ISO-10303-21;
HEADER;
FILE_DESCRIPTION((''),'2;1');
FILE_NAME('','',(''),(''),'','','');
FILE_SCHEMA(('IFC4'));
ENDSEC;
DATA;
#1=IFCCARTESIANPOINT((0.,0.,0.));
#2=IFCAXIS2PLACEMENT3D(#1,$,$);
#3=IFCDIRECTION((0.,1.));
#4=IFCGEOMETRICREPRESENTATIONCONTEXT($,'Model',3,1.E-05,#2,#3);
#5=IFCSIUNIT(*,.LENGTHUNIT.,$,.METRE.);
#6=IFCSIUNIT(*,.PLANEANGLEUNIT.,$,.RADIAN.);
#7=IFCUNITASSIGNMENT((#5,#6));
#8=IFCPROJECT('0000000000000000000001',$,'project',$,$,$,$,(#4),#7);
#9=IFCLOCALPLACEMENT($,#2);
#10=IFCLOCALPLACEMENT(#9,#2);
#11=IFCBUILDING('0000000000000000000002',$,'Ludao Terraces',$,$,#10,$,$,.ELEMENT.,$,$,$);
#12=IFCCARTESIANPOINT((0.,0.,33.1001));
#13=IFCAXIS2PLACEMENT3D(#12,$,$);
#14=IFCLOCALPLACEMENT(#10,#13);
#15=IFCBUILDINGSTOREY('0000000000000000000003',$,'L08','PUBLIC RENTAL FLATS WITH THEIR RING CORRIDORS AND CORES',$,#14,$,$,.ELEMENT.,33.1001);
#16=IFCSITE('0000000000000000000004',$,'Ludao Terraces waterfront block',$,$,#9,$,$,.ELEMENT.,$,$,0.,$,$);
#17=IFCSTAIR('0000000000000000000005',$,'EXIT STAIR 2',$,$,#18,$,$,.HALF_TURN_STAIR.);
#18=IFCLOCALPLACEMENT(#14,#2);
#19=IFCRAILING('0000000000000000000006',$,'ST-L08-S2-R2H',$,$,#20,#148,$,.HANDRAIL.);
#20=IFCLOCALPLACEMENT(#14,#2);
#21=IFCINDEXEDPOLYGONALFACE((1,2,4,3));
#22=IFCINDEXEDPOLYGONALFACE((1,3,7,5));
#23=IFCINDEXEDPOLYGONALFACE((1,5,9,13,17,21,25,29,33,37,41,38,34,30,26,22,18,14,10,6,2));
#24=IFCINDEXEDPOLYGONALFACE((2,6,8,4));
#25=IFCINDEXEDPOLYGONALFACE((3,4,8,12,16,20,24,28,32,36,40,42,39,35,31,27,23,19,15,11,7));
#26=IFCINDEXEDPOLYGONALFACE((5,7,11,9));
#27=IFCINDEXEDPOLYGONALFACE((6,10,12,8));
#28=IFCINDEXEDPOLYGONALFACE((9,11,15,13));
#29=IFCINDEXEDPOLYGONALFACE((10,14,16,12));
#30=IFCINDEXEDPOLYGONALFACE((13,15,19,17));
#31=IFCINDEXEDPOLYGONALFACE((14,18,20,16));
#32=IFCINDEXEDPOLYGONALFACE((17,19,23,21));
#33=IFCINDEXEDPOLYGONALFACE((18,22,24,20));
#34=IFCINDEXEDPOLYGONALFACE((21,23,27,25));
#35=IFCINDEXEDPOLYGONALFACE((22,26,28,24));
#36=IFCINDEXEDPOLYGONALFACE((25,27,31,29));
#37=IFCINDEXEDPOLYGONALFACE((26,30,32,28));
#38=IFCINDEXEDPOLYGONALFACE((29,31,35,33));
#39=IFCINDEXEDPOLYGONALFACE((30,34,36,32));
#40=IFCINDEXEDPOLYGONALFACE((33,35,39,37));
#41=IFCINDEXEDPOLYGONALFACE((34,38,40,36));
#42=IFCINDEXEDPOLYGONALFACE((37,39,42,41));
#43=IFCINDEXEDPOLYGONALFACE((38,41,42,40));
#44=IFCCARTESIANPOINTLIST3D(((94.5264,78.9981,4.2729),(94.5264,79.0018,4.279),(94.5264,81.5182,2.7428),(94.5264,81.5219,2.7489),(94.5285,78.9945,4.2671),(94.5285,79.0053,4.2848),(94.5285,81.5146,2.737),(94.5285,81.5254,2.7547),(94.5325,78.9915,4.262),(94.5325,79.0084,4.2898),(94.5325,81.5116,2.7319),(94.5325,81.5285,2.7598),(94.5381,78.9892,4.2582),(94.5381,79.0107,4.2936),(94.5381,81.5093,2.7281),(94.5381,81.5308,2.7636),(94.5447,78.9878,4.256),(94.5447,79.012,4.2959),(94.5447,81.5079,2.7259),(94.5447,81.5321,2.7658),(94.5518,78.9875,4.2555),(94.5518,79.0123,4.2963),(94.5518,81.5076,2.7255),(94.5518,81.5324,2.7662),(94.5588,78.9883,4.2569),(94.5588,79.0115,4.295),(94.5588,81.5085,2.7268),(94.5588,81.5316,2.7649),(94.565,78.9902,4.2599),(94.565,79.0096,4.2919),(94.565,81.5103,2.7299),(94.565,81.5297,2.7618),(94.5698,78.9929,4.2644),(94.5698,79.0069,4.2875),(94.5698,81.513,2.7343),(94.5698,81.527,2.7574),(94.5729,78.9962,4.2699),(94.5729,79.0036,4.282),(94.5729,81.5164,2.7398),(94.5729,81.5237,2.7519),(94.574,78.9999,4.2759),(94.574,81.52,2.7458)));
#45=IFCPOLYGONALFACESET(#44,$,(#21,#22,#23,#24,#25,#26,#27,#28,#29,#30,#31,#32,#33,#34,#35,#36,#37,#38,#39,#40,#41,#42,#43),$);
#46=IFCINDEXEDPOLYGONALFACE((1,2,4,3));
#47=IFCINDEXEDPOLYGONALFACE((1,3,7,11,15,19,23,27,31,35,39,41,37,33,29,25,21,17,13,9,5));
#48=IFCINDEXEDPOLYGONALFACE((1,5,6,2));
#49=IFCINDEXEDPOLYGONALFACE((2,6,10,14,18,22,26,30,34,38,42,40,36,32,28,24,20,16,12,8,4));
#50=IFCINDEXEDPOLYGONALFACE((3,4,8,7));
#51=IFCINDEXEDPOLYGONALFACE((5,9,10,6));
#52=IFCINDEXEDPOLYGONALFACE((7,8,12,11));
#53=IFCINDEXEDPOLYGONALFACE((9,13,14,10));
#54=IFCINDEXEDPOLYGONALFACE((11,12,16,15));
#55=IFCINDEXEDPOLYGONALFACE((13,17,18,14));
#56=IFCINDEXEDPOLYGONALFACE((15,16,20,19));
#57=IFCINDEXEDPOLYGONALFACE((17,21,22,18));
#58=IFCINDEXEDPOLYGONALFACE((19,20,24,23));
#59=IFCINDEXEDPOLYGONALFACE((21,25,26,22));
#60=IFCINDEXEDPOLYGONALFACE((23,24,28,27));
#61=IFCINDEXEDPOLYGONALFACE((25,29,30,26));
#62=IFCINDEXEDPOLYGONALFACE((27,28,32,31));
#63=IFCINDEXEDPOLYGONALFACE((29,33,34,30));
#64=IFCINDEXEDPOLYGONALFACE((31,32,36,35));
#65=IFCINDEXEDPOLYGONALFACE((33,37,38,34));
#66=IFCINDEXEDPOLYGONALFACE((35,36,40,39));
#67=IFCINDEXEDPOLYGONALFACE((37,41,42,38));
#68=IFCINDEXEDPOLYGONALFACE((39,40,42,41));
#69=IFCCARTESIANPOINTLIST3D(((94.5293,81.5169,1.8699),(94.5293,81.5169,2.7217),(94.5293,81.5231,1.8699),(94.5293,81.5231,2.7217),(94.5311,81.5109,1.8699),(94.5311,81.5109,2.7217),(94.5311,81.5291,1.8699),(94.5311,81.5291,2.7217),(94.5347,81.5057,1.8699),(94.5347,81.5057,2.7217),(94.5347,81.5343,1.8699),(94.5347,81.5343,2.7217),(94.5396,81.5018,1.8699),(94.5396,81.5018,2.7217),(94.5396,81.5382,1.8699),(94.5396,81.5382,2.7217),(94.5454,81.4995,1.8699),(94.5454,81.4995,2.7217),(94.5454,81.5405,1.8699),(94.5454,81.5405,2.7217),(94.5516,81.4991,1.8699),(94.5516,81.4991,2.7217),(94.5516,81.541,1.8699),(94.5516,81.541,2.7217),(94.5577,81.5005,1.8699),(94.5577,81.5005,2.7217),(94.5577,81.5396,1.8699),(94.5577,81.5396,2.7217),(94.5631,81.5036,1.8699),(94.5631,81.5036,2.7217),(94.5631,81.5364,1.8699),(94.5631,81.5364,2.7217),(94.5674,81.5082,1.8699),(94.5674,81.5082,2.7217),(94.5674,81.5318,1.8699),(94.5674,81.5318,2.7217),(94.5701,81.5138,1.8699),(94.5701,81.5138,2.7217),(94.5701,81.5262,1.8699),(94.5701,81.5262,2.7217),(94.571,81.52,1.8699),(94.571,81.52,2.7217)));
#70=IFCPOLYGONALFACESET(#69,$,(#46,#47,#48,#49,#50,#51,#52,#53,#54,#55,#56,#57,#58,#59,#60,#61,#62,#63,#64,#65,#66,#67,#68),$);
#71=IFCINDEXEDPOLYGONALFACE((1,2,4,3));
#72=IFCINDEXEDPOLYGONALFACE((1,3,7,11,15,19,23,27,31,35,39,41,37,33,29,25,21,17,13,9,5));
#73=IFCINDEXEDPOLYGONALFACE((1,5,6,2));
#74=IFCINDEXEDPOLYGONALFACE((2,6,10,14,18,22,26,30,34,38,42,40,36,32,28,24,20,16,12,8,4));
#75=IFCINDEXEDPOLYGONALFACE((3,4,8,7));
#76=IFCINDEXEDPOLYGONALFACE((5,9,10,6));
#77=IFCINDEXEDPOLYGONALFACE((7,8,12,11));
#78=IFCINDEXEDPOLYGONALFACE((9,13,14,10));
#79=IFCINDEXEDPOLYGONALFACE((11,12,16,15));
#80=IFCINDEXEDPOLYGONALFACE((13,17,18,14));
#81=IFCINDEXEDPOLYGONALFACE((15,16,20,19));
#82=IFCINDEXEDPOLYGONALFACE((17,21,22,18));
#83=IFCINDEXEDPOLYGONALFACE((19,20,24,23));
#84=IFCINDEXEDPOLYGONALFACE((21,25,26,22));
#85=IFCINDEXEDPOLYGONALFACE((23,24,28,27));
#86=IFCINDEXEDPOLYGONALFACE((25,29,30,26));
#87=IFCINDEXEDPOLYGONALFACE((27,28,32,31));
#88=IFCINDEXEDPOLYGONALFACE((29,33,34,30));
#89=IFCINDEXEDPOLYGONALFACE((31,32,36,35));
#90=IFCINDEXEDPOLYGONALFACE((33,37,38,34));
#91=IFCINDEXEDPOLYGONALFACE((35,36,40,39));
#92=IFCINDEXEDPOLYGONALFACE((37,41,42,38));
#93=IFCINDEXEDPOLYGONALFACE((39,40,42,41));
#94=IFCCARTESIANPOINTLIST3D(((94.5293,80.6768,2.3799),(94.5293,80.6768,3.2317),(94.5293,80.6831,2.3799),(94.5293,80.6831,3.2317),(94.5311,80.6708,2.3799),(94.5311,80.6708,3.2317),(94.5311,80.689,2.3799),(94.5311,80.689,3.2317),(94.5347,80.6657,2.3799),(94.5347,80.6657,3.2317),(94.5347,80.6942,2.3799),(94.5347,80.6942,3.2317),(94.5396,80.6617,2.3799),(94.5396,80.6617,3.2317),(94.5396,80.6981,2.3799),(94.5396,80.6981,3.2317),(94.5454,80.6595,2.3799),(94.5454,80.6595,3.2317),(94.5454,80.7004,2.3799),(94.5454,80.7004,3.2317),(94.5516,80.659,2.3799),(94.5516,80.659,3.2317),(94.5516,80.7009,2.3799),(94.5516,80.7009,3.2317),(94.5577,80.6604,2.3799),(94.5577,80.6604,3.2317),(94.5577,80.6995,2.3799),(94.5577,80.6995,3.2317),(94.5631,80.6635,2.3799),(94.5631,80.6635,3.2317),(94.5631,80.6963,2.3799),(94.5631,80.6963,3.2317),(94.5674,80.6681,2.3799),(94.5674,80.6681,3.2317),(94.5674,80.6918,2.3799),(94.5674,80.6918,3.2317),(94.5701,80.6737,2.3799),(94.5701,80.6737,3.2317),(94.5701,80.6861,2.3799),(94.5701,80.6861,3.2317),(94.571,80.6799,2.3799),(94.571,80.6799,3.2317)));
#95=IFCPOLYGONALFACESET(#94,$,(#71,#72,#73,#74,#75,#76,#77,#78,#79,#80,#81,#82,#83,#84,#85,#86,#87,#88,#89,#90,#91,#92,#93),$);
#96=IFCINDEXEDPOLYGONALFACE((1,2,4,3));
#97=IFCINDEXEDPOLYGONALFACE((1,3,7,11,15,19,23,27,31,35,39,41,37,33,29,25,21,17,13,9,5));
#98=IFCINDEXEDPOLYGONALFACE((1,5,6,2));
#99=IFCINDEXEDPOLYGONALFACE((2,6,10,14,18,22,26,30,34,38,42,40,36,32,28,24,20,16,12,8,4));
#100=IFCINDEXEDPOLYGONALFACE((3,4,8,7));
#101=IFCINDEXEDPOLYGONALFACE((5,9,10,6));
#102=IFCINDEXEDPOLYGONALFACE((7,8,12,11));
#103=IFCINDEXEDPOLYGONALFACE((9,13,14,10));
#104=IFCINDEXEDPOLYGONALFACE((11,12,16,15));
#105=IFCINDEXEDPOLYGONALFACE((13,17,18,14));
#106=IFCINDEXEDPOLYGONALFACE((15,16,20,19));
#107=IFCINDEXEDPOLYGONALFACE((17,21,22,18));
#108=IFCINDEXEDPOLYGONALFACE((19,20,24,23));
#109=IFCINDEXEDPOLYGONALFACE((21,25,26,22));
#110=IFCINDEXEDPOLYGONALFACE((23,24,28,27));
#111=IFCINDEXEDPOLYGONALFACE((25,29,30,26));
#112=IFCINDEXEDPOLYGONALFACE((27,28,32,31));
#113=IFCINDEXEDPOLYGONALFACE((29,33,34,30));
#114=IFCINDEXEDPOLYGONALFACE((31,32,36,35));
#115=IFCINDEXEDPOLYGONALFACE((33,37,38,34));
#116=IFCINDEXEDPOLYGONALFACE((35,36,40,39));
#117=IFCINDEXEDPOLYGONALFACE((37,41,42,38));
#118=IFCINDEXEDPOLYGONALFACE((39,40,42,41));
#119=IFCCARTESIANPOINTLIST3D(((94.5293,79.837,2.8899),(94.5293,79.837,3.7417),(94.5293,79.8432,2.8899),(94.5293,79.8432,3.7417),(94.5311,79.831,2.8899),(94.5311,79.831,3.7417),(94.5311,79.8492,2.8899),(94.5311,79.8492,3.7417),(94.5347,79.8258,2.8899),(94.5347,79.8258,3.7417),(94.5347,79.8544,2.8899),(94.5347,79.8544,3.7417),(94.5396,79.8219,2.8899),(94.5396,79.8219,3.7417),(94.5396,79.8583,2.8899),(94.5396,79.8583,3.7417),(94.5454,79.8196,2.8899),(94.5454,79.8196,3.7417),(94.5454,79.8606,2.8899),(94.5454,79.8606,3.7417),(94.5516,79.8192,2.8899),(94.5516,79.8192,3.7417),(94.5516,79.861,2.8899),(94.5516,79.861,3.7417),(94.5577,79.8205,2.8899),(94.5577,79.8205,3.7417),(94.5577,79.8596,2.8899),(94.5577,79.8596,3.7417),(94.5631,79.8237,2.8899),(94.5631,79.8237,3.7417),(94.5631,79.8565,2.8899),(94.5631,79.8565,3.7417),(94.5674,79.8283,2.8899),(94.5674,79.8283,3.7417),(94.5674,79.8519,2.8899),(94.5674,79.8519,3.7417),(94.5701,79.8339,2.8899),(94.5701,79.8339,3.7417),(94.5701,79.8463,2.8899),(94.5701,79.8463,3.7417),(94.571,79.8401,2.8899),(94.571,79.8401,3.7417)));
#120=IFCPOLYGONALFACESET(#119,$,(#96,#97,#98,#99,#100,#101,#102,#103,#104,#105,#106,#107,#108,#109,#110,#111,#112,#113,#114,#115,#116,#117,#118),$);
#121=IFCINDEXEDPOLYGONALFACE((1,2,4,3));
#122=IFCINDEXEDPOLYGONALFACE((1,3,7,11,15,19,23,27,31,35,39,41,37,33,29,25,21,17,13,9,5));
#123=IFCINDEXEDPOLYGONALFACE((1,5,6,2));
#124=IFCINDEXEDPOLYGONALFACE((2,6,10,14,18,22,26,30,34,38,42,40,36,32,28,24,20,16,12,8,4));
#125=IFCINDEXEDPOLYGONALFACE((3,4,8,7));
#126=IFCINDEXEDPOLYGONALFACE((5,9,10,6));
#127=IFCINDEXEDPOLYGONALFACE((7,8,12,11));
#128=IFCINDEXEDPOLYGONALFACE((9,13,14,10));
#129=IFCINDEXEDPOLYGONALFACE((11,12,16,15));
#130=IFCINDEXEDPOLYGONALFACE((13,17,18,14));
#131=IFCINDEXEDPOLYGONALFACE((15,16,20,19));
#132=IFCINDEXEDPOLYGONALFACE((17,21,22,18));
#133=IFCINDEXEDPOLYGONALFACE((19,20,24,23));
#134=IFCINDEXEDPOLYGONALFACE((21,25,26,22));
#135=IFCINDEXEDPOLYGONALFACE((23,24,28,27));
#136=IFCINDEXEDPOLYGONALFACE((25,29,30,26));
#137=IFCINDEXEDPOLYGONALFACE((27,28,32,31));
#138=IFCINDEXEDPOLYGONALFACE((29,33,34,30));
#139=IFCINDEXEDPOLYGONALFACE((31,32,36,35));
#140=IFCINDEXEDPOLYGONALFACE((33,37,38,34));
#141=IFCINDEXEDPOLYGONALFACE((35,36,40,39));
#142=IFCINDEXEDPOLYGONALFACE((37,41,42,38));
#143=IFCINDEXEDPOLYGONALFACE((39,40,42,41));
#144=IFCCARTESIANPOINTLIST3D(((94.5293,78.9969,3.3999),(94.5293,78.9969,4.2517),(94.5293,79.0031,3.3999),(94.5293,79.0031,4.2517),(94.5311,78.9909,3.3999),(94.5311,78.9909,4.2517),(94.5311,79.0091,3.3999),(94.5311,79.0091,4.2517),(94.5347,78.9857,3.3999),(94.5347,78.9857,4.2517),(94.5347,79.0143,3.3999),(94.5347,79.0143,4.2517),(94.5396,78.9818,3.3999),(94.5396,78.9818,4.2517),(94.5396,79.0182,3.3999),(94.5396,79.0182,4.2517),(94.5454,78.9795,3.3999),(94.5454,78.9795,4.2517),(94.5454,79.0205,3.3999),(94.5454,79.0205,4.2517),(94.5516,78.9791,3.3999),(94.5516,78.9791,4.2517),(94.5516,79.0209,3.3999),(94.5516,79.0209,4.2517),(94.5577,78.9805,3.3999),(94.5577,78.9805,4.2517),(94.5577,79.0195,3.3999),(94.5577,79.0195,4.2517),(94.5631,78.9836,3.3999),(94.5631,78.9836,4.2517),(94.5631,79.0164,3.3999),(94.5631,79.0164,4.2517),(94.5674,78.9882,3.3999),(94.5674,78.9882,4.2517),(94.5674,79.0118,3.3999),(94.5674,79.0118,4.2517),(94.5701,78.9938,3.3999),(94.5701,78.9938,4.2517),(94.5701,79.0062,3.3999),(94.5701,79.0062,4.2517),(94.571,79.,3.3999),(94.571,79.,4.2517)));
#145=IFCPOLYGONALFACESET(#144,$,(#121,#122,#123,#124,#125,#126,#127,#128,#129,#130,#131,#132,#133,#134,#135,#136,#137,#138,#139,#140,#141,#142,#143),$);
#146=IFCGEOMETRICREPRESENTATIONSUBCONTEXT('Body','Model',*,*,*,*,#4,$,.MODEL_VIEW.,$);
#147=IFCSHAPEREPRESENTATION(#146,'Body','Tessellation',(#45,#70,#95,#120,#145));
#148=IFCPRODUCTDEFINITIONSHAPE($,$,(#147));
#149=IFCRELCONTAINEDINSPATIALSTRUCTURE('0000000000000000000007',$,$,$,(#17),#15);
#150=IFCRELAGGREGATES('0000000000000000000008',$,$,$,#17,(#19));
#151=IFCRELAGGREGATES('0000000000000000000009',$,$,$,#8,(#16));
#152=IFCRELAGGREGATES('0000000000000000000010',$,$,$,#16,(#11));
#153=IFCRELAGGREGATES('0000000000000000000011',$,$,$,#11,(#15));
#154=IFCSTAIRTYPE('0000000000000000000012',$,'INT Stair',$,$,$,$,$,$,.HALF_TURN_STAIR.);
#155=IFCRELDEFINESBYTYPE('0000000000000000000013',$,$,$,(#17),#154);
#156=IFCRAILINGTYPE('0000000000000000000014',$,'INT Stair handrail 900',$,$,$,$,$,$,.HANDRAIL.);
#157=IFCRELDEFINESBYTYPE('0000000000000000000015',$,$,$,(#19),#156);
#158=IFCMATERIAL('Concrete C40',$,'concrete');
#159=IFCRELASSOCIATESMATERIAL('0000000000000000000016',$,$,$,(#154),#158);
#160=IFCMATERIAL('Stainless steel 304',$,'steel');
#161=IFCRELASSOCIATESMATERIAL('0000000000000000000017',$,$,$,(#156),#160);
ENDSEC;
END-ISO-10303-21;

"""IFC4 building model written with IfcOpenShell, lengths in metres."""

from ifc_helpers import new_model, si_unit, direction, frame, origin, origin_2d, place, context, subcontext, project, spatial, circle, extrude, material, type_object, element, aggregate, save


model = new_model("IFC4")

# Units and contexts
model_context = context("Model", 3, precision=1e-05, world=origin(), true_north=direction((0.0, 1.0)))
body_context = subcontext(model_context, "Body", "Model", "MODEL_VIEW")
ifc_project = project(units=[si_unit("LENGTHUNIT", "METRE"), si_unit("PLANEANGLEUNIT", "RADIAN")], contexts=[model_context])

# Site, building, storey
site_placement = place(None, origin())
site = spatial("IfcSite", under=ifc_project, at=site_placement, Name="Ludao Terraces waterfront block", CompositionType="ELEMENT", RefElevation=0.0)
building_placement = place(site_placement, origin())
building = spatial("IfcBuilding", under=site, at=building_placement, Name="Ludao Terraces", CompositionType="ELEMENT")
storey_placement = place(building_placement, frame((0.0, 0.0, 33.1001)))
storey = spatial("IfcBuildingStorey", under=building, at=storey_placement, Name="L08", Description="PUBLIC RENTAL FLATS WITH THEIR RING CORRIDORS AND CORES", CompositionType="ELEMENT", Elevation=33.1001)

# Shared definitions
ifc_material_1 = material(Name="Concrete C40", Category="concrete")

# Stair, railing
stair_type = type_object("IfcStairType", Name="INT Stair", PredefinedType="HALF_TURN_STAIR", material=ifc_material_1)
stair_placement = place(storey_placement, origin())
stair = element("IfcStair", 1, at=stair_placement, inside=storey, type_object=stair_type, Name="EXIT STAIR 2", PredefinedType="HALF_TURN_STAIR")
ifc_material_2 = material(Name="Stainless steel 304", Category="steel")
railing_type_1 = type_object("IfcRailingType", Name="INT Stair handrail 900", PredefinedType="HANDRAIL", material=ifc_material_2)
railing_1_placement = place(storey_placement, frame((94.55, 81.52, 1.8699)))
railing_1 = element("IfcRailing", 2, at=railing_1_placement, type_object=railing_type_1, Name="ST-L08-S2-R2H", PredefinedType="HANDRAIL", context=body_context, shape_type="SweptSolid", body=[
    extrude(circle(Radius=0.0239, at=origin_2d()), frame((0.0, 0.0, 0.876), z_axis=(0.0, -0.854785, 0.518982), x_axis=(1.0, 0.0, 0.0)), (0.0, 0.0, 1.0), 2.9482),
    extrude(circle(Radius=0.021, at=origin_2d()), origin(), (0.0, 0.0, 1.0), 0.8518),
    extrude(circle(Radius=0.021, at=origin_2d()), frame((0.0, -0.8401, 0.51)), (0.0, 0.0, 1.0), 0.8518),
    extrude(circle(Radius=0.021, at=origin_2d()), frame((0.0, -1.6799, 1.02)), (0.0, 0.0, 1.0), 0.8518),
    extrude(circle(Radius=0.021, at=origin_2d()), frame((0.0, -2.52, 1.53)), (0.0, 0.0, 1.0), 0.8518),
])
aggregate(stair, [railing_1])

save(model, "model.ifc")
